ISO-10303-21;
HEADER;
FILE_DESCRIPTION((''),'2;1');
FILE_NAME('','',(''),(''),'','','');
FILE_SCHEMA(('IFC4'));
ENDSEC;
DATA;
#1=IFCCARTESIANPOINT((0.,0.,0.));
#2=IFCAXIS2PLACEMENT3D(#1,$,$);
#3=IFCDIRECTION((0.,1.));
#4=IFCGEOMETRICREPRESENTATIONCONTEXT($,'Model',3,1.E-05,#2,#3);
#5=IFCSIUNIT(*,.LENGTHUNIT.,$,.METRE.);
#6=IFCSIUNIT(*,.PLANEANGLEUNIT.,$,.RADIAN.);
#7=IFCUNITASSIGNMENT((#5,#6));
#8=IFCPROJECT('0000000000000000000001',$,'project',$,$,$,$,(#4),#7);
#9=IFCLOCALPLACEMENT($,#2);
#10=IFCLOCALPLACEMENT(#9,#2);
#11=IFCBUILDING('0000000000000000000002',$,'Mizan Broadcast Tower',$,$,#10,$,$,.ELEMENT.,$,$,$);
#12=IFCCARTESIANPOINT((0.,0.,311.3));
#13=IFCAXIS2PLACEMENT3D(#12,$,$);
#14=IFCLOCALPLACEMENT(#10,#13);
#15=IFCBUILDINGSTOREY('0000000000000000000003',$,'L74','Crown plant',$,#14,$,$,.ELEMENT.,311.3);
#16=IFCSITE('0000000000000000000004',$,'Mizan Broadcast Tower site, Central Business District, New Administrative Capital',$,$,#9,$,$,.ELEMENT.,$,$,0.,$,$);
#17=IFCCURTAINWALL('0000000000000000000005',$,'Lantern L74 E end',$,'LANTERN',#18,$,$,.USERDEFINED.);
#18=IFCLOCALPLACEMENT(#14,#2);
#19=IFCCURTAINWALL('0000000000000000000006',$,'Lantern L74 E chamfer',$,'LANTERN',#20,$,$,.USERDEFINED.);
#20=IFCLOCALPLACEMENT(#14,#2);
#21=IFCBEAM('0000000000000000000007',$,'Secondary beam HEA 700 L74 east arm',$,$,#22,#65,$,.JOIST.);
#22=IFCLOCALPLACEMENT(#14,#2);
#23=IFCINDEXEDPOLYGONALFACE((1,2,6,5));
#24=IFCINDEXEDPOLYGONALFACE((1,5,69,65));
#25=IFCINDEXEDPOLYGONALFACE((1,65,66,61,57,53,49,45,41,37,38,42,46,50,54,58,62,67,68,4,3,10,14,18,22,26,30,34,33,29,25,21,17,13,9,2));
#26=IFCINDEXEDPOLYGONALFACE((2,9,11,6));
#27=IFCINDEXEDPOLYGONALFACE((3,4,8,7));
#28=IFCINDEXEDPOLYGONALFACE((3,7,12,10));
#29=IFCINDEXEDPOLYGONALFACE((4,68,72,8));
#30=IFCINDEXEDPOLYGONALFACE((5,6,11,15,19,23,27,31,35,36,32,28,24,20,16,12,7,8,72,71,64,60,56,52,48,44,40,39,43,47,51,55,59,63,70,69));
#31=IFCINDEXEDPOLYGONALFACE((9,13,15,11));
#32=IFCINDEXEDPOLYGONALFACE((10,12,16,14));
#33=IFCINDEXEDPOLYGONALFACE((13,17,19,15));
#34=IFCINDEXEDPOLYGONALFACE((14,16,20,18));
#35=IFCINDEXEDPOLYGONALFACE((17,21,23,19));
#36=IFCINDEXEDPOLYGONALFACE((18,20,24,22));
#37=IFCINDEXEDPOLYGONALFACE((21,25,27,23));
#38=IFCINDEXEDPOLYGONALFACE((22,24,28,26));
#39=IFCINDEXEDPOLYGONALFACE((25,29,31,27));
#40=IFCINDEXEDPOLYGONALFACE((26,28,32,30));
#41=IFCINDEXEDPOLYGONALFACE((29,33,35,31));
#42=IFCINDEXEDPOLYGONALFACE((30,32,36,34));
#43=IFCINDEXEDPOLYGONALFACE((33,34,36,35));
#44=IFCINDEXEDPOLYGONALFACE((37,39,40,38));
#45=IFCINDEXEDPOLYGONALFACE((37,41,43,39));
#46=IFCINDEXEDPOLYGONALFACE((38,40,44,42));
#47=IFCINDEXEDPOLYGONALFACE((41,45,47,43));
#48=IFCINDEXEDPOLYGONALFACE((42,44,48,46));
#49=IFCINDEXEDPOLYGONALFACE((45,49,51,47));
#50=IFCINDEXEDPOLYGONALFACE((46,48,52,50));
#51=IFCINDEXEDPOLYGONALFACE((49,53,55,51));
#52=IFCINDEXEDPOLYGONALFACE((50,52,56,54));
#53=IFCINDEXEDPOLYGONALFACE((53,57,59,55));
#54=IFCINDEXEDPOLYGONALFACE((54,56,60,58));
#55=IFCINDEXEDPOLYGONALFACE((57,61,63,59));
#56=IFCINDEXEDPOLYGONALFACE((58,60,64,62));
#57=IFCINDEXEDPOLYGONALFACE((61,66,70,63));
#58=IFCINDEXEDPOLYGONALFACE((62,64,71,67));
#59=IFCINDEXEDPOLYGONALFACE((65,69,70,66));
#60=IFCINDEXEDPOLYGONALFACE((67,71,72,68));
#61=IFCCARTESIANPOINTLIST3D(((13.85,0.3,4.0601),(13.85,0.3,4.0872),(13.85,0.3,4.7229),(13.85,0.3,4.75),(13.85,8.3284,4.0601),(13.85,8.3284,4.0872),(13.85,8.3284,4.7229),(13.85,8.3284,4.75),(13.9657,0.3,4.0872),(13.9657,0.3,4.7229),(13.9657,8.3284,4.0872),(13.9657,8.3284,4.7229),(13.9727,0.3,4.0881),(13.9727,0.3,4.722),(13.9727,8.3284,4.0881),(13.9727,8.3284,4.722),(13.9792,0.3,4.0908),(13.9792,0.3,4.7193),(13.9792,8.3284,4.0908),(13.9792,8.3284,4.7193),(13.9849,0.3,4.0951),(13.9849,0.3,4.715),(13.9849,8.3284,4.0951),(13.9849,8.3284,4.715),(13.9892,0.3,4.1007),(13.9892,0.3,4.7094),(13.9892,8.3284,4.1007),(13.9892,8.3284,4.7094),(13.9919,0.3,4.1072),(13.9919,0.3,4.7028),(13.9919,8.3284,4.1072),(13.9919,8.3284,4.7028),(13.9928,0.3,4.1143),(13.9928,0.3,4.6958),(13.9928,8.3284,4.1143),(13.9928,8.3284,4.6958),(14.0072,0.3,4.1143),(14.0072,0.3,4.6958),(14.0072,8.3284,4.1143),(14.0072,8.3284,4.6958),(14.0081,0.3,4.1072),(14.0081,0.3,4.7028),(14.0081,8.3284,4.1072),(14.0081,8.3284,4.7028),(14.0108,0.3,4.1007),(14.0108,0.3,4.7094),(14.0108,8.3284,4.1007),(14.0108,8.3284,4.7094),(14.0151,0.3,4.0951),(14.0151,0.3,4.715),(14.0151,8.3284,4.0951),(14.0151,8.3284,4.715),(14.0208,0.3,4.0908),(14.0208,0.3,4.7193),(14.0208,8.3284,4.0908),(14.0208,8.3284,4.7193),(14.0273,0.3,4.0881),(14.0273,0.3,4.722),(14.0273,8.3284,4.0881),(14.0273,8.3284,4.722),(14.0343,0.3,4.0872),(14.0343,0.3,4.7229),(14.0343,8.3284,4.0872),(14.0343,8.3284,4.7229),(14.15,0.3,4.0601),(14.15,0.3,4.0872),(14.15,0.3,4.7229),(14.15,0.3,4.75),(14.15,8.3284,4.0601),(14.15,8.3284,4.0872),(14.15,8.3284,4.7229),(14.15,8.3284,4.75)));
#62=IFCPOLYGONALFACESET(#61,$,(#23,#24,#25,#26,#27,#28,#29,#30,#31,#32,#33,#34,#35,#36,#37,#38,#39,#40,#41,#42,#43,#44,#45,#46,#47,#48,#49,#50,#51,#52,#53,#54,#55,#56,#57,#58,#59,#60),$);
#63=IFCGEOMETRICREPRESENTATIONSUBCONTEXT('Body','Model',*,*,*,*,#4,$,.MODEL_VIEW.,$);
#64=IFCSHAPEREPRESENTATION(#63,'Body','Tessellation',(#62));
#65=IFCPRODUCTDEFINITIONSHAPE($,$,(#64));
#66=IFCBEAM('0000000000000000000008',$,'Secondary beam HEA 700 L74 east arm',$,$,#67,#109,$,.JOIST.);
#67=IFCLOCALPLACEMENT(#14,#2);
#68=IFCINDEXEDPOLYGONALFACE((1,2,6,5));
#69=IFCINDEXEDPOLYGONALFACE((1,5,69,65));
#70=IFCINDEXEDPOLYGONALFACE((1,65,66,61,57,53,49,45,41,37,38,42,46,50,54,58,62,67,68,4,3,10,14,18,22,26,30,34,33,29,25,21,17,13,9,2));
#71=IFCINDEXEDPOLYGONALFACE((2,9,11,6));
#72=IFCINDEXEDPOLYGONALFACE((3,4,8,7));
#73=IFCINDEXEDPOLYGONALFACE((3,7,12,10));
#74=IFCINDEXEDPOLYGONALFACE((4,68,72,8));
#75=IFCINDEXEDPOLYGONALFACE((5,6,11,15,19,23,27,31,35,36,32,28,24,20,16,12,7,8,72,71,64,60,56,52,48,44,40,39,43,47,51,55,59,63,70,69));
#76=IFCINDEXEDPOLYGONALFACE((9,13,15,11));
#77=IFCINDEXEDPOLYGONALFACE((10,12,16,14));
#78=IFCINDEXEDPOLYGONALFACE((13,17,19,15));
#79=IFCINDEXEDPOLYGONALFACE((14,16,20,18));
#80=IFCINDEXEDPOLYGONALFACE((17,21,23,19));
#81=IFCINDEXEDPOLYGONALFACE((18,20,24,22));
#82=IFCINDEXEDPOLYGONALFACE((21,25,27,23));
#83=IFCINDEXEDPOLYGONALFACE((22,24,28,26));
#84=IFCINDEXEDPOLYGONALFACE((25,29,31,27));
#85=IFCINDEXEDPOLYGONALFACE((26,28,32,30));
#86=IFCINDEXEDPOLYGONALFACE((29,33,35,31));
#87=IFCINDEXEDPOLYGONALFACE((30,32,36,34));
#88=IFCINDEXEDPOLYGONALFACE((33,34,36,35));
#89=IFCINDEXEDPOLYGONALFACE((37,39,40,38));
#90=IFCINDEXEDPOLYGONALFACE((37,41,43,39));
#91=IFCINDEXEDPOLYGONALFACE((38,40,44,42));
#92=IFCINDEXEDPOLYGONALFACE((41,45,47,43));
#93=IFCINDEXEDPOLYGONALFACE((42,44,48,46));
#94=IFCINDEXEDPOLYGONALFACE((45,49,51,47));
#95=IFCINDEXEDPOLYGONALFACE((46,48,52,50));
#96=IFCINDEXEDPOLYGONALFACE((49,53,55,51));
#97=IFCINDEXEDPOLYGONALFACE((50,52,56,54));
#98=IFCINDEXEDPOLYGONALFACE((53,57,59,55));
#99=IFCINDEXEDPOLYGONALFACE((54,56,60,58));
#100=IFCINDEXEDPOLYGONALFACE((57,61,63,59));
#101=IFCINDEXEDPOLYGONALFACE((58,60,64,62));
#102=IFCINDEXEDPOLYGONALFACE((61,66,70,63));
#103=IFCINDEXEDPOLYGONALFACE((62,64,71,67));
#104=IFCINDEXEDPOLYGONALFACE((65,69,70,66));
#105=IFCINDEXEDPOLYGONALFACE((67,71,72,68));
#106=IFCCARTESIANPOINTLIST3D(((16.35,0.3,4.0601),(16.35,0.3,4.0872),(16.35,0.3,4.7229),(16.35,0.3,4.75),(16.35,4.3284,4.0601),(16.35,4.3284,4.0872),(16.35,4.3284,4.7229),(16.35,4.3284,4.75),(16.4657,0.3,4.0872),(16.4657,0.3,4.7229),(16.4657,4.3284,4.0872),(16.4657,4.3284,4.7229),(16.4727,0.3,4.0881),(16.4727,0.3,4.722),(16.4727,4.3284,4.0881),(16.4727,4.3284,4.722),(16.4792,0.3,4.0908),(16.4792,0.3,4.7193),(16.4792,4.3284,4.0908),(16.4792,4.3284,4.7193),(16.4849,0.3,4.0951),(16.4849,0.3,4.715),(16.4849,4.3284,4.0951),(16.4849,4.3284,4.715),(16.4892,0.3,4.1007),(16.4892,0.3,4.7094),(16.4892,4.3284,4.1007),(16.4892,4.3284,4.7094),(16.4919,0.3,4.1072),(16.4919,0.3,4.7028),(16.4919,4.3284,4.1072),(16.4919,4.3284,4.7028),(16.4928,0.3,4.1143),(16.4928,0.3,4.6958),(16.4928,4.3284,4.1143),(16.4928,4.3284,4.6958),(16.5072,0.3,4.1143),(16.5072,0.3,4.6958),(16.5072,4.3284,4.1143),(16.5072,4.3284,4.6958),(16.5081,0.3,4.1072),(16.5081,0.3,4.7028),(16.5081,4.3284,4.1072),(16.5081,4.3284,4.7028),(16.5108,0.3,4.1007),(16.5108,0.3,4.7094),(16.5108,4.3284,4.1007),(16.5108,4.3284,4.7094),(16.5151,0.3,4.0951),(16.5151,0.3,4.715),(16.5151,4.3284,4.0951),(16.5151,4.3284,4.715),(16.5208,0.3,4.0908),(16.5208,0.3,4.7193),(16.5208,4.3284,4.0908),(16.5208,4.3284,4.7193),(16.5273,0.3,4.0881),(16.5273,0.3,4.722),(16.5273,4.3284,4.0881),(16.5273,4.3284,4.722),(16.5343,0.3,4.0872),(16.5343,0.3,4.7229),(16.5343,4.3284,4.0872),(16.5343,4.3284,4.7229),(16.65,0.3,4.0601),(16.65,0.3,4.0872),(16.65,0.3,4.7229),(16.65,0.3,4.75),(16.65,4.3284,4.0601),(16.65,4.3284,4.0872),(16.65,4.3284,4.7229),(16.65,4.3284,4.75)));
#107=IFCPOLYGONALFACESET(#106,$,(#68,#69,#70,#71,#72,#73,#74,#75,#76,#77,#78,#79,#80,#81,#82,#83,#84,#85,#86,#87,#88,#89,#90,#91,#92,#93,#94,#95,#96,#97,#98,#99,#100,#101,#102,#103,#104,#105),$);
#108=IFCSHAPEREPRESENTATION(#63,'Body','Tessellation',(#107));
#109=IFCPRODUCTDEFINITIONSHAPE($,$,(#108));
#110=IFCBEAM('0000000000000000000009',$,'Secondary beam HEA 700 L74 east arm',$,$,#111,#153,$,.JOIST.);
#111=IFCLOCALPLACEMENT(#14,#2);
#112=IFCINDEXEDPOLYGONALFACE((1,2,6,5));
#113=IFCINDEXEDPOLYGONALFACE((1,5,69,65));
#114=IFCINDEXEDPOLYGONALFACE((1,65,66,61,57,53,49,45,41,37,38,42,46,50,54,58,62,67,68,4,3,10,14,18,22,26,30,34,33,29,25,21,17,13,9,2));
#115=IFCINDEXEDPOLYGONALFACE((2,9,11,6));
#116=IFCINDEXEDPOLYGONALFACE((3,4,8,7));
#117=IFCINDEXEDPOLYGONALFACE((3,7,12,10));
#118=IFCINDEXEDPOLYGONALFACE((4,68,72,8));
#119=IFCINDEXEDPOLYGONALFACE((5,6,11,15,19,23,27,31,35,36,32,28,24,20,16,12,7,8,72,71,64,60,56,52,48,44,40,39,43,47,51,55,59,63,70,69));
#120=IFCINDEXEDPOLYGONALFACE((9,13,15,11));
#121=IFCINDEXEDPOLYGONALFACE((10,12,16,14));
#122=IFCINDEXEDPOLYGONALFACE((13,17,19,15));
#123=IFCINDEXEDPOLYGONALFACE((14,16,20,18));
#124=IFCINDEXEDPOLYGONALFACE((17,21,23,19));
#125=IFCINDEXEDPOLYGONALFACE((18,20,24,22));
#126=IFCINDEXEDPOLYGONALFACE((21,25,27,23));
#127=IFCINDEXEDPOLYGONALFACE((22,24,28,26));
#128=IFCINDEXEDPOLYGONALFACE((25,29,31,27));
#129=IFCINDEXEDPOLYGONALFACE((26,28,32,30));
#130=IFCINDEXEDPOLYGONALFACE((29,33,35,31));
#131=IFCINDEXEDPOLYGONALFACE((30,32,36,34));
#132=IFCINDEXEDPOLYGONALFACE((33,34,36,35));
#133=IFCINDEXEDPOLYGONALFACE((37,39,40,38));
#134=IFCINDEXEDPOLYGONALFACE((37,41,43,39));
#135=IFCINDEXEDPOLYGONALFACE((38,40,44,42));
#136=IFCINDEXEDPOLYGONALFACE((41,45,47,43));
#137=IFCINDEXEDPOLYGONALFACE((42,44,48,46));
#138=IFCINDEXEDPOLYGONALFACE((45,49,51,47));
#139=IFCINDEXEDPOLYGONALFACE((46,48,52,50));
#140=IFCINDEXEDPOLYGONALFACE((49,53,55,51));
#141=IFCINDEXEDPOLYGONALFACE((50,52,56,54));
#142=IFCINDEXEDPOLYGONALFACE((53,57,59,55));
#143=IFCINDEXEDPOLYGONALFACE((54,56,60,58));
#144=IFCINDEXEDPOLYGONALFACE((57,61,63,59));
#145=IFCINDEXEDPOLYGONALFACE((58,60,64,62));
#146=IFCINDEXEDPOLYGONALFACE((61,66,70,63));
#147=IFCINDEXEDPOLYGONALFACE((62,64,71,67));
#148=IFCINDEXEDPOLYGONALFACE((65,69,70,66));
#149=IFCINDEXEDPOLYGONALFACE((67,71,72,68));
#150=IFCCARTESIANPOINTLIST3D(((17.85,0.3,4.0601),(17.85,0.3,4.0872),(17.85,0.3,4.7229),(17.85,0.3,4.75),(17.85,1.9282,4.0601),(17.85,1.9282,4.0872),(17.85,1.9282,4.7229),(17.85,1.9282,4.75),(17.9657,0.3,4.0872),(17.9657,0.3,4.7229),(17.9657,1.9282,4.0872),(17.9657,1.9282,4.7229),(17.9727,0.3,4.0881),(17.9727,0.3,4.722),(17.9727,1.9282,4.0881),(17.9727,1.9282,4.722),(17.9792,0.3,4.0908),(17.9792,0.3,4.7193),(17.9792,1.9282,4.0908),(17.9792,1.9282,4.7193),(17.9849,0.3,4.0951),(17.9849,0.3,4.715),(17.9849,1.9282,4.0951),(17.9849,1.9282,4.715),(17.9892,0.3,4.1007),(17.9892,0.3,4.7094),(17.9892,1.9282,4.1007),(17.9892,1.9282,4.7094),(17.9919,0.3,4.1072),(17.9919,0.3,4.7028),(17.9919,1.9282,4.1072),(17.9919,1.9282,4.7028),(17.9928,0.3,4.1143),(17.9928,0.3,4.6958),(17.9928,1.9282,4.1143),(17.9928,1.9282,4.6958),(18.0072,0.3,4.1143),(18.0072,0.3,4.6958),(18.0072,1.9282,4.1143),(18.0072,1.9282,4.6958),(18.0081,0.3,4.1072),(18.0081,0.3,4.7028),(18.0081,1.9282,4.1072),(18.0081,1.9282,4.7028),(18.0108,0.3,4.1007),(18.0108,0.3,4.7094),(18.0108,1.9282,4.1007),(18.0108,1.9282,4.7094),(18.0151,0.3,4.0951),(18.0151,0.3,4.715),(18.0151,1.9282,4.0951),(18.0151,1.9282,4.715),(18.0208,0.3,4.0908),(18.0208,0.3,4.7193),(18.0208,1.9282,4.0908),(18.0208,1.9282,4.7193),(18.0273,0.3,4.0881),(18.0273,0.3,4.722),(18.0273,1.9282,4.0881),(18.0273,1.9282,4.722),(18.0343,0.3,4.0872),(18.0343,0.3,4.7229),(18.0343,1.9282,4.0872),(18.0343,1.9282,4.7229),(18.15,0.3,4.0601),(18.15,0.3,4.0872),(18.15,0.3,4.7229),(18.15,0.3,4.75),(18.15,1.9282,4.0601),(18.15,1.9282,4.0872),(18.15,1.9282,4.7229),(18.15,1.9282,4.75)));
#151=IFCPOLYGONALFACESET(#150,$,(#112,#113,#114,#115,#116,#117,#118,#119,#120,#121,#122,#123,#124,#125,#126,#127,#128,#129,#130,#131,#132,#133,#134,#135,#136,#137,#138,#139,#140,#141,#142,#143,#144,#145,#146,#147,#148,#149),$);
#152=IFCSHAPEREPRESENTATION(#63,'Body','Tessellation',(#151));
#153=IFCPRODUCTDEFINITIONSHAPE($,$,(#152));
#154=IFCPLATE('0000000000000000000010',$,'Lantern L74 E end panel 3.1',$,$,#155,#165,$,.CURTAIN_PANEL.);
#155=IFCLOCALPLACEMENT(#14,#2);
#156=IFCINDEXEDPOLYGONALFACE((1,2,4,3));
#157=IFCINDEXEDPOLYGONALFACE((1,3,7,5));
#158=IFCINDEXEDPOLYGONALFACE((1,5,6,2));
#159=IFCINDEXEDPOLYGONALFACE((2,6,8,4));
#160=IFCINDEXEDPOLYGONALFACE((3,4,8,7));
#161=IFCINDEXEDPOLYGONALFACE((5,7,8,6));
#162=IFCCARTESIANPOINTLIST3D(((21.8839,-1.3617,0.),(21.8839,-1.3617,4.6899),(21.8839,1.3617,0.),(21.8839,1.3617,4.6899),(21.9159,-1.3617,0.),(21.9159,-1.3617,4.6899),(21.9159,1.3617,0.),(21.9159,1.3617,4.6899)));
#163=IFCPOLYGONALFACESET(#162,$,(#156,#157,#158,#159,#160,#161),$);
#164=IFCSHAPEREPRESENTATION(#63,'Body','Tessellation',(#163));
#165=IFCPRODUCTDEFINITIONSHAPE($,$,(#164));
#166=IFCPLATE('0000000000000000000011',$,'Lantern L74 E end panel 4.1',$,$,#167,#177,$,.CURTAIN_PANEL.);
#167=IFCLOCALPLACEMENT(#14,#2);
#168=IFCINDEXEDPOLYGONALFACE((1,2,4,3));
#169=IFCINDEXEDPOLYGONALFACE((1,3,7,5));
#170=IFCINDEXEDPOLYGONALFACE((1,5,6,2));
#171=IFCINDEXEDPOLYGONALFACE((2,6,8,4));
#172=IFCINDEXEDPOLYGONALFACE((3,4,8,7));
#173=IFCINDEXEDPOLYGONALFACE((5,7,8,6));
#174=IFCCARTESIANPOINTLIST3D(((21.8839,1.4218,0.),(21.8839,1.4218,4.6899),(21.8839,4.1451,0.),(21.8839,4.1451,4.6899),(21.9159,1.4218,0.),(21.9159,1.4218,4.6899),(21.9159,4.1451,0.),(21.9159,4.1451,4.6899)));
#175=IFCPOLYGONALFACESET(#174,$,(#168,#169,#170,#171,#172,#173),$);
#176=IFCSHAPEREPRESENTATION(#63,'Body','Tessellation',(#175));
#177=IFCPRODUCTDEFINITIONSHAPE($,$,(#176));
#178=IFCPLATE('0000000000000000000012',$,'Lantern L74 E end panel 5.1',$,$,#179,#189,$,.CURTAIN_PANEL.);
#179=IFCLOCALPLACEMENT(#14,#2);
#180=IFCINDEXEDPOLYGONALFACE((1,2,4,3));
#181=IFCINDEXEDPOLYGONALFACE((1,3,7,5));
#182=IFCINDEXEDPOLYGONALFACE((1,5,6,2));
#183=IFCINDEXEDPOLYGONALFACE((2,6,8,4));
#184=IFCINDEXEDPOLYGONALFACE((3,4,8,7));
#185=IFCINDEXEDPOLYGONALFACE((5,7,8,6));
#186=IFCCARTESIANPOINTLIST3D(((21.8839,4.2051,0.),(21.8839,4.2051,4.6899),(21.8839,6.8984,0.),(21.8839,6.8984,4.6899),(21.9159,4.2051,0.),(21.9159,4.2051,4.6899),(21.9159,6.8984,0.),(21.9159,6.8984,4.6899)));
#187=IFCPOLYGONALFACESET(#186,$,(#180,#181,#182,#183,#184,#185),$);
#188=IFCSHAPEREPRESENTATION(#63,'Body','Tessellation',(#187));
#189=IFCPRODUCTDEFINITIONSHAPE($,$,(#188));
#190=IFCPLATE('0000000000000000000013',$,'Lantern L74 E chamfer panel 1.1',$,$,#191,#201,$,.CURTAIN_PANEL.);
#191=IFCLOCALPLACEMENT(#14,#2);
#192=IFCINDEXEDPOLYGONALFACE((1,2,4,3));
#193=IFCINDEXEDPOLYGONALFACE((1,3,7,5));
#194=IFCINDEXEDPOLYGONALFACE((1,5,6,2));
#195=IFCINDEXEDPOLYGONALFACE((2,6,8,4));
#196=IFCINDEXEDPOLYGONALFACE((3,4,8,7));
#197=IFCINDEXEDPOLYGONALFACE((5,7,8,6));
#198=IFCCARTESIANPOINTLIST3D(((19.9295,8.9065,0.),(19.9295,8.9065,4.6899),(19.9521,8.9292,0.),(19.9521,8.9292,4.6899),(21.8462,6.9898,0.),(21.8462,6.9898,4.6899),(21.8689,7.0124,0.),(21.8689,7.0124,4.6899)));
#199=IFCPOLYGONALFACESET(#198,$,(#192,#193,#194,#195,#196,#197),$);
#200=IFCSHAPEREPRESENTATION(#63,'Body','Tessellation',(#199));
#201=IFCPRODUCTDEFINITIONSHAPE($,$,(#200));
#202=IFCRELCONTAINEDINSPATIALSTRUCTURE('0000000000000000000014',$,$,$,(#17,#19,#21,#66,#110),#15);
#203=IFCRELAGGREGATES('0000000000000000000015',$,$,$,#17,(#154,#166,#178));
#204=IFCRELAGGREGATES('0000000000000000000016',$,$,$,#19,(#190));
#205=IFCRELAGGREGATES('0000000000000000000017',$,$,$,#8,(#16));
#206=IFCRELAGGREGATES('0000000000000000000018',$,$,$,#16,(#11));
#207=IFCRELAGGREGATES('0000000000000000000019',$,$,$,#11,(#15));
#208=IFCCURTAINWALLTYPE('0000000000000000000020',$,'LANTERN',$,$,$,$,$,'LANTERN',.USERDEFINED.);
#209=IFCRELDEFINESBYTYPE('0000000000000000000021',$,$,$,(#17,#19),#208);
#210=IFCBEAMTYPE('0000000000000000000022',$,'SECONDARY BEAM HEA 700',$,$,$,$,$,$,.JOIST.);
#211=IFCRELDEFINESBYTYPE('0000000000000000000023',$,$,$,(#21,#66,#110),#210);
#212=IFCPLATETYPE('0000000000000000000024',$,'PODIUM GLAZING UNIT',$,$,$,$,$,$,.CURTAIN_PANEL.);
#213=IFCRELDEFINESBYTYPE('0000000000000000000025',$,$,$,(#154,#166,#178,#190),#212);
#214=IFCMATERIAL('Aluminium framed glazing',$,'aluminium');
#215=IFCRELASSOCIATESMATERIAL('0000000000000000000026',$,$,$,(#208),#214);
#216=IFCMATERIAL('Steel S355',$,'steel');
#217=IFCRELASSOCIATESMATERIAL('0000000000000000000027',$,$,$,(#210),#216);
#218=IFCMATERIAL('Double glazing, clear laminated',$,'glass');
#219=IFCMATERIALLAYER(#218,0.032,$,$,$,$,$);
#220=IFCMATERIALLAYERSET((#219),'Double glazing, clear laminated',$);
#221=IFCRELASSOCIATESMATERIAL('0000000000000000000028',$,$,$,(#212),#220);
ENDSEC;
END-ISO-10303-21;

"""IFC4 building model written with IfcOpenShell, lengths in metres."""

from ifc_helpers import new_model, si_unit, direction, frame, origin, origin_2d, place, context, subcontext, project, spatial, rectangle, i_section, extrude, material, layer, layer_set, material_profile, profile_set, type_object, element, aggregate, save


model = new_model("IFC4")

# Units and contexts
model_context = context("Model", 3, precision=1e-05, world=origin(), true_north=direction((0.0, 1.0)))
body_context = subcontext(model_context, "Body", "Model", "MODEL_VIEW")
ifc_project = project(units=[si_unit("LENGTHUNIT", "METRE"), si_unit("PLANEANGLEUNIT", "RADIAN")], contexts=[model_context])

# Site, building, storey
site_placement = place(None, origin())
site = spatial("IfcSite", under=ifc_project, at=site_placement, Name="Mizan Broadcast Tower site, Central Business District, New Administrative Capital", CompositionType="ELEMENT", RefElevation=0.0)
building_placement = place(site_placement, origin())
building = spatial("IfcBuilding", under=site, at=building_placement, Name="Mizan Broadcast Tower", CompositionType="ELEMENT")
storey_placement = place(building_placement, frame((0.0, 0.0, 311.3)))
storey = spatial("IfcBuildingStorey", under=building, at=storey_placement, Name="L74", Description="Crown plant", CompositionType="ELEMENT", Elevation=311.3)

# Curtain walls
ifc_material_1 = material(Name="Aluminium framed glazing", Category="aluminium")
curtain_wall_type = type_object("IfcCurtainWallType", Name="LANTERN", ElementType="LANTERN", PredefinedType="USERDEFINED", material=ifc_material_1)
curtain_wall_1_placement = place(storey_placement, origin())
curtain_wall_1 = element("IfcCurtainWall", 1, at=curtain_wall_1_placement, inside=storey, type_object=curtain_wall_type, Name="Lantern L74 E end", ObjectType="LANTERN", PredefinedType="USERDEFINED")
curtain_wall_2_placement = place(storey_placement, origin())
curtain_wall_2 = element("IfcCurtainWall", 2, at=curtain_wall_2_placement, inside=storey, type_object=curtain_wall_type, Name="Lantern L74 E chamfer", ObjectType="LANTERN", PredefinedType="USERDEFINED")

# Beams
ifc_material_2 = material(Name="Steel S355", Category="steel")
ifc_material_profile_1 = material_profile(ifc_material_2, i_section(OverallWidth=0.3, OverallDepth=0.6899, WebThickness=0.0144, FlangeThickness=0.0271, FilletRadius=0.0271, at=origin_2d()), Name="HEA 700")
ifc_profile_set_1 = profile_set([ifc_material_profile_1], Name="Steel S355")
beam_type_1 = type_object("IfcBeamType", Name="SECONDARY BEAM HEA 700", PredefinedType="JOIST", material=ifc_profile_set_1)
beam_1_placement = place(storey_placement, frame((14.0, 8.3284, 4.405), z_axis=(0.0, -1.0, 0.0), x_axis=(1.0, 0.0, 0.0)))
element("IfcBeam", 3, at=beam_1_placement, inside=storey, type_object=beam_type_1, Name="Secondary beam HEA 700 L74 east arm", PredefinedType="JOIST", context=body_context, shape_type="SweptSolid", body=[
    extrude(i_section(OverallWidth=0.3, OverallDepth=0.6899, WebThickness=0.0144, FlangeThickness=0.0271, FilletRadius=0.0271, at=origin_2d()), origin(), (0.0, 0.0, 1.0), 8.0283),
])
beam_2_placement = place(storey_placement, frame((16.5, 4.3284, 4.405), z_axis=(0.0, -1.0, 0.0), x_axis=(1.0, 0.0, 0.0)))
element("IfcBeam", 4, at=beam_2_placement, inside=storey, type_object=beam_type_1, Name="Secondary beam HEA 700 L74 east arm", PredefinedType="JOIST", context=body_context, shape_type="SweptSolid", body=[
    extrude(i_section(OverallWidth=0.3, OverallDepth=0.6899, WebThickness=0.0144, FlangeThickness=0.0271, FilletRadius=0.0271, at=origin_2d()), origin(), (0.0, 0.0, 1.0), 4.0283),
])
beam_3_placement = place(storey_placement, frame((18.0, 1.9282, 4.405), z_axis=(0.0, -1.0, 0.0), x_axis=(1.0, 0.0, 0.0)))
element("IfcBeam", 5, at=beam_3_placement, inside=storey, type_object=beam_type_1, Name="Secondary beam HEA 700 L74 east arm", PredefinedType="JOIST", context=body_context, shape_type="SweptSolid", body=[
    extrude(i_section(OverallWidth=0.3, OverallDepth=0.6899, WebThickness=0.0144, FlangeThickness=0.0271, FilletRadius=0.0271, at=origin_2d()), origin(), (0.0, 0.0, 1.0), 1.6282),
])

# Plates
ifc_material_3 = material(Name="Double glazing, clear laminated", Category="glass")
ifc_layer_1 = layer(ifc_material_3, 0.032)
ifc_layer_set_1 = layer_set([ifc_layer_1], Name="Double glazing, clear laminated")
plate_type = type_object("IfcPlateType", Name="PODIUM GLAZING UNIT", PredefinedType="CURTAIN_PANEL", material=ifc_layer_set_1)
plate_1_placement = place(storey_placement, frame((21.8999, 0.0, 0.0), z_axis=(0.0, 0.0, 1.0), x_axis=(0.0, 1.0, 0.0)))
plate_1 = element("IfcPlate", 6, at=plate_1_placement, type_object=plate_type, Name="Lantern L74 E end panel 3.1", PredefinedType="CURTAIN_PANEL", context=body_context, shape_type="SweptSolid", body=[
    extrude(rectangle(XDim=2.7234, YDim=0.032, at=origin_2d()), origin(), (0.0, 0.0, 1.0), 4.6899),
])
plate_2_placement = place(storey_placement, frame((21.8999, 2.7834, 0.0), z_axis=(0.0, 0.0, 1.0), x_axis=(0.0, 1.0, 0.0)))
plate_2 = element("IfcPlate", 7, at=plate_2_placement, type_object=plate_type, Name="Lantern L74 E end panel 4.1", PredefinedType="CURTAIN_PANEL", context=body_context, shape_type="SweptSolid", body=[
    extrude(rectangle(XDim=2.7234, YDim=0.032, at=origin_2d()), origin(), (0.0, 0.0, 1.0), 4.6899),
])
plate_3_placement = place(storey_placement, frame((21.8999, 5.5518, 0.0), z_axis=(0.0, 0.0, 1.0), x_axis=(0.0, 1.0, 0.0)))
plate_3 = element("IfcPlate", 8, at=plate_3_placement, type_object=plate_type, Name="Lantern L74 E end panel 5.1", PredefinedType="CURTAIN_PANEL", context=body_context, shape_type="SweptSolid", body=[
    extrude(rectangle(XDim=2.6934, YDim=0.032, at=origin_2d()), origin(), (0.0, 0.0, 1.0), 4.6899),
])
aggregate(curtain_wall_1, [plate_1, plate_2, plate_3])
plate_4_placement = place(storey_placement, frame((20.8992, 7.9595, 0.0), z_axis=(0.0, 0.0, 1.0), x_axis=(-0.707107, 0.707107, 0.0)))
plate_4 = element("IfcPlate", 9, at=plate_4_placement, type_object=plate_type, Name="Lantern L74 E chamfer panel 1.1", PredefinedType="CURTAIN_PANEL", context=body_context, shape_type="SweptSolid", body=[
    extrude(rectangle(XDim=2.7107, YDim=0.032, at=origin_2d()), origin(), (0.0, 0.0, 1.0), 4.6899),
])
aggregate(curtain_wall_2, [plate_4])

save(model, "model.ifc")
